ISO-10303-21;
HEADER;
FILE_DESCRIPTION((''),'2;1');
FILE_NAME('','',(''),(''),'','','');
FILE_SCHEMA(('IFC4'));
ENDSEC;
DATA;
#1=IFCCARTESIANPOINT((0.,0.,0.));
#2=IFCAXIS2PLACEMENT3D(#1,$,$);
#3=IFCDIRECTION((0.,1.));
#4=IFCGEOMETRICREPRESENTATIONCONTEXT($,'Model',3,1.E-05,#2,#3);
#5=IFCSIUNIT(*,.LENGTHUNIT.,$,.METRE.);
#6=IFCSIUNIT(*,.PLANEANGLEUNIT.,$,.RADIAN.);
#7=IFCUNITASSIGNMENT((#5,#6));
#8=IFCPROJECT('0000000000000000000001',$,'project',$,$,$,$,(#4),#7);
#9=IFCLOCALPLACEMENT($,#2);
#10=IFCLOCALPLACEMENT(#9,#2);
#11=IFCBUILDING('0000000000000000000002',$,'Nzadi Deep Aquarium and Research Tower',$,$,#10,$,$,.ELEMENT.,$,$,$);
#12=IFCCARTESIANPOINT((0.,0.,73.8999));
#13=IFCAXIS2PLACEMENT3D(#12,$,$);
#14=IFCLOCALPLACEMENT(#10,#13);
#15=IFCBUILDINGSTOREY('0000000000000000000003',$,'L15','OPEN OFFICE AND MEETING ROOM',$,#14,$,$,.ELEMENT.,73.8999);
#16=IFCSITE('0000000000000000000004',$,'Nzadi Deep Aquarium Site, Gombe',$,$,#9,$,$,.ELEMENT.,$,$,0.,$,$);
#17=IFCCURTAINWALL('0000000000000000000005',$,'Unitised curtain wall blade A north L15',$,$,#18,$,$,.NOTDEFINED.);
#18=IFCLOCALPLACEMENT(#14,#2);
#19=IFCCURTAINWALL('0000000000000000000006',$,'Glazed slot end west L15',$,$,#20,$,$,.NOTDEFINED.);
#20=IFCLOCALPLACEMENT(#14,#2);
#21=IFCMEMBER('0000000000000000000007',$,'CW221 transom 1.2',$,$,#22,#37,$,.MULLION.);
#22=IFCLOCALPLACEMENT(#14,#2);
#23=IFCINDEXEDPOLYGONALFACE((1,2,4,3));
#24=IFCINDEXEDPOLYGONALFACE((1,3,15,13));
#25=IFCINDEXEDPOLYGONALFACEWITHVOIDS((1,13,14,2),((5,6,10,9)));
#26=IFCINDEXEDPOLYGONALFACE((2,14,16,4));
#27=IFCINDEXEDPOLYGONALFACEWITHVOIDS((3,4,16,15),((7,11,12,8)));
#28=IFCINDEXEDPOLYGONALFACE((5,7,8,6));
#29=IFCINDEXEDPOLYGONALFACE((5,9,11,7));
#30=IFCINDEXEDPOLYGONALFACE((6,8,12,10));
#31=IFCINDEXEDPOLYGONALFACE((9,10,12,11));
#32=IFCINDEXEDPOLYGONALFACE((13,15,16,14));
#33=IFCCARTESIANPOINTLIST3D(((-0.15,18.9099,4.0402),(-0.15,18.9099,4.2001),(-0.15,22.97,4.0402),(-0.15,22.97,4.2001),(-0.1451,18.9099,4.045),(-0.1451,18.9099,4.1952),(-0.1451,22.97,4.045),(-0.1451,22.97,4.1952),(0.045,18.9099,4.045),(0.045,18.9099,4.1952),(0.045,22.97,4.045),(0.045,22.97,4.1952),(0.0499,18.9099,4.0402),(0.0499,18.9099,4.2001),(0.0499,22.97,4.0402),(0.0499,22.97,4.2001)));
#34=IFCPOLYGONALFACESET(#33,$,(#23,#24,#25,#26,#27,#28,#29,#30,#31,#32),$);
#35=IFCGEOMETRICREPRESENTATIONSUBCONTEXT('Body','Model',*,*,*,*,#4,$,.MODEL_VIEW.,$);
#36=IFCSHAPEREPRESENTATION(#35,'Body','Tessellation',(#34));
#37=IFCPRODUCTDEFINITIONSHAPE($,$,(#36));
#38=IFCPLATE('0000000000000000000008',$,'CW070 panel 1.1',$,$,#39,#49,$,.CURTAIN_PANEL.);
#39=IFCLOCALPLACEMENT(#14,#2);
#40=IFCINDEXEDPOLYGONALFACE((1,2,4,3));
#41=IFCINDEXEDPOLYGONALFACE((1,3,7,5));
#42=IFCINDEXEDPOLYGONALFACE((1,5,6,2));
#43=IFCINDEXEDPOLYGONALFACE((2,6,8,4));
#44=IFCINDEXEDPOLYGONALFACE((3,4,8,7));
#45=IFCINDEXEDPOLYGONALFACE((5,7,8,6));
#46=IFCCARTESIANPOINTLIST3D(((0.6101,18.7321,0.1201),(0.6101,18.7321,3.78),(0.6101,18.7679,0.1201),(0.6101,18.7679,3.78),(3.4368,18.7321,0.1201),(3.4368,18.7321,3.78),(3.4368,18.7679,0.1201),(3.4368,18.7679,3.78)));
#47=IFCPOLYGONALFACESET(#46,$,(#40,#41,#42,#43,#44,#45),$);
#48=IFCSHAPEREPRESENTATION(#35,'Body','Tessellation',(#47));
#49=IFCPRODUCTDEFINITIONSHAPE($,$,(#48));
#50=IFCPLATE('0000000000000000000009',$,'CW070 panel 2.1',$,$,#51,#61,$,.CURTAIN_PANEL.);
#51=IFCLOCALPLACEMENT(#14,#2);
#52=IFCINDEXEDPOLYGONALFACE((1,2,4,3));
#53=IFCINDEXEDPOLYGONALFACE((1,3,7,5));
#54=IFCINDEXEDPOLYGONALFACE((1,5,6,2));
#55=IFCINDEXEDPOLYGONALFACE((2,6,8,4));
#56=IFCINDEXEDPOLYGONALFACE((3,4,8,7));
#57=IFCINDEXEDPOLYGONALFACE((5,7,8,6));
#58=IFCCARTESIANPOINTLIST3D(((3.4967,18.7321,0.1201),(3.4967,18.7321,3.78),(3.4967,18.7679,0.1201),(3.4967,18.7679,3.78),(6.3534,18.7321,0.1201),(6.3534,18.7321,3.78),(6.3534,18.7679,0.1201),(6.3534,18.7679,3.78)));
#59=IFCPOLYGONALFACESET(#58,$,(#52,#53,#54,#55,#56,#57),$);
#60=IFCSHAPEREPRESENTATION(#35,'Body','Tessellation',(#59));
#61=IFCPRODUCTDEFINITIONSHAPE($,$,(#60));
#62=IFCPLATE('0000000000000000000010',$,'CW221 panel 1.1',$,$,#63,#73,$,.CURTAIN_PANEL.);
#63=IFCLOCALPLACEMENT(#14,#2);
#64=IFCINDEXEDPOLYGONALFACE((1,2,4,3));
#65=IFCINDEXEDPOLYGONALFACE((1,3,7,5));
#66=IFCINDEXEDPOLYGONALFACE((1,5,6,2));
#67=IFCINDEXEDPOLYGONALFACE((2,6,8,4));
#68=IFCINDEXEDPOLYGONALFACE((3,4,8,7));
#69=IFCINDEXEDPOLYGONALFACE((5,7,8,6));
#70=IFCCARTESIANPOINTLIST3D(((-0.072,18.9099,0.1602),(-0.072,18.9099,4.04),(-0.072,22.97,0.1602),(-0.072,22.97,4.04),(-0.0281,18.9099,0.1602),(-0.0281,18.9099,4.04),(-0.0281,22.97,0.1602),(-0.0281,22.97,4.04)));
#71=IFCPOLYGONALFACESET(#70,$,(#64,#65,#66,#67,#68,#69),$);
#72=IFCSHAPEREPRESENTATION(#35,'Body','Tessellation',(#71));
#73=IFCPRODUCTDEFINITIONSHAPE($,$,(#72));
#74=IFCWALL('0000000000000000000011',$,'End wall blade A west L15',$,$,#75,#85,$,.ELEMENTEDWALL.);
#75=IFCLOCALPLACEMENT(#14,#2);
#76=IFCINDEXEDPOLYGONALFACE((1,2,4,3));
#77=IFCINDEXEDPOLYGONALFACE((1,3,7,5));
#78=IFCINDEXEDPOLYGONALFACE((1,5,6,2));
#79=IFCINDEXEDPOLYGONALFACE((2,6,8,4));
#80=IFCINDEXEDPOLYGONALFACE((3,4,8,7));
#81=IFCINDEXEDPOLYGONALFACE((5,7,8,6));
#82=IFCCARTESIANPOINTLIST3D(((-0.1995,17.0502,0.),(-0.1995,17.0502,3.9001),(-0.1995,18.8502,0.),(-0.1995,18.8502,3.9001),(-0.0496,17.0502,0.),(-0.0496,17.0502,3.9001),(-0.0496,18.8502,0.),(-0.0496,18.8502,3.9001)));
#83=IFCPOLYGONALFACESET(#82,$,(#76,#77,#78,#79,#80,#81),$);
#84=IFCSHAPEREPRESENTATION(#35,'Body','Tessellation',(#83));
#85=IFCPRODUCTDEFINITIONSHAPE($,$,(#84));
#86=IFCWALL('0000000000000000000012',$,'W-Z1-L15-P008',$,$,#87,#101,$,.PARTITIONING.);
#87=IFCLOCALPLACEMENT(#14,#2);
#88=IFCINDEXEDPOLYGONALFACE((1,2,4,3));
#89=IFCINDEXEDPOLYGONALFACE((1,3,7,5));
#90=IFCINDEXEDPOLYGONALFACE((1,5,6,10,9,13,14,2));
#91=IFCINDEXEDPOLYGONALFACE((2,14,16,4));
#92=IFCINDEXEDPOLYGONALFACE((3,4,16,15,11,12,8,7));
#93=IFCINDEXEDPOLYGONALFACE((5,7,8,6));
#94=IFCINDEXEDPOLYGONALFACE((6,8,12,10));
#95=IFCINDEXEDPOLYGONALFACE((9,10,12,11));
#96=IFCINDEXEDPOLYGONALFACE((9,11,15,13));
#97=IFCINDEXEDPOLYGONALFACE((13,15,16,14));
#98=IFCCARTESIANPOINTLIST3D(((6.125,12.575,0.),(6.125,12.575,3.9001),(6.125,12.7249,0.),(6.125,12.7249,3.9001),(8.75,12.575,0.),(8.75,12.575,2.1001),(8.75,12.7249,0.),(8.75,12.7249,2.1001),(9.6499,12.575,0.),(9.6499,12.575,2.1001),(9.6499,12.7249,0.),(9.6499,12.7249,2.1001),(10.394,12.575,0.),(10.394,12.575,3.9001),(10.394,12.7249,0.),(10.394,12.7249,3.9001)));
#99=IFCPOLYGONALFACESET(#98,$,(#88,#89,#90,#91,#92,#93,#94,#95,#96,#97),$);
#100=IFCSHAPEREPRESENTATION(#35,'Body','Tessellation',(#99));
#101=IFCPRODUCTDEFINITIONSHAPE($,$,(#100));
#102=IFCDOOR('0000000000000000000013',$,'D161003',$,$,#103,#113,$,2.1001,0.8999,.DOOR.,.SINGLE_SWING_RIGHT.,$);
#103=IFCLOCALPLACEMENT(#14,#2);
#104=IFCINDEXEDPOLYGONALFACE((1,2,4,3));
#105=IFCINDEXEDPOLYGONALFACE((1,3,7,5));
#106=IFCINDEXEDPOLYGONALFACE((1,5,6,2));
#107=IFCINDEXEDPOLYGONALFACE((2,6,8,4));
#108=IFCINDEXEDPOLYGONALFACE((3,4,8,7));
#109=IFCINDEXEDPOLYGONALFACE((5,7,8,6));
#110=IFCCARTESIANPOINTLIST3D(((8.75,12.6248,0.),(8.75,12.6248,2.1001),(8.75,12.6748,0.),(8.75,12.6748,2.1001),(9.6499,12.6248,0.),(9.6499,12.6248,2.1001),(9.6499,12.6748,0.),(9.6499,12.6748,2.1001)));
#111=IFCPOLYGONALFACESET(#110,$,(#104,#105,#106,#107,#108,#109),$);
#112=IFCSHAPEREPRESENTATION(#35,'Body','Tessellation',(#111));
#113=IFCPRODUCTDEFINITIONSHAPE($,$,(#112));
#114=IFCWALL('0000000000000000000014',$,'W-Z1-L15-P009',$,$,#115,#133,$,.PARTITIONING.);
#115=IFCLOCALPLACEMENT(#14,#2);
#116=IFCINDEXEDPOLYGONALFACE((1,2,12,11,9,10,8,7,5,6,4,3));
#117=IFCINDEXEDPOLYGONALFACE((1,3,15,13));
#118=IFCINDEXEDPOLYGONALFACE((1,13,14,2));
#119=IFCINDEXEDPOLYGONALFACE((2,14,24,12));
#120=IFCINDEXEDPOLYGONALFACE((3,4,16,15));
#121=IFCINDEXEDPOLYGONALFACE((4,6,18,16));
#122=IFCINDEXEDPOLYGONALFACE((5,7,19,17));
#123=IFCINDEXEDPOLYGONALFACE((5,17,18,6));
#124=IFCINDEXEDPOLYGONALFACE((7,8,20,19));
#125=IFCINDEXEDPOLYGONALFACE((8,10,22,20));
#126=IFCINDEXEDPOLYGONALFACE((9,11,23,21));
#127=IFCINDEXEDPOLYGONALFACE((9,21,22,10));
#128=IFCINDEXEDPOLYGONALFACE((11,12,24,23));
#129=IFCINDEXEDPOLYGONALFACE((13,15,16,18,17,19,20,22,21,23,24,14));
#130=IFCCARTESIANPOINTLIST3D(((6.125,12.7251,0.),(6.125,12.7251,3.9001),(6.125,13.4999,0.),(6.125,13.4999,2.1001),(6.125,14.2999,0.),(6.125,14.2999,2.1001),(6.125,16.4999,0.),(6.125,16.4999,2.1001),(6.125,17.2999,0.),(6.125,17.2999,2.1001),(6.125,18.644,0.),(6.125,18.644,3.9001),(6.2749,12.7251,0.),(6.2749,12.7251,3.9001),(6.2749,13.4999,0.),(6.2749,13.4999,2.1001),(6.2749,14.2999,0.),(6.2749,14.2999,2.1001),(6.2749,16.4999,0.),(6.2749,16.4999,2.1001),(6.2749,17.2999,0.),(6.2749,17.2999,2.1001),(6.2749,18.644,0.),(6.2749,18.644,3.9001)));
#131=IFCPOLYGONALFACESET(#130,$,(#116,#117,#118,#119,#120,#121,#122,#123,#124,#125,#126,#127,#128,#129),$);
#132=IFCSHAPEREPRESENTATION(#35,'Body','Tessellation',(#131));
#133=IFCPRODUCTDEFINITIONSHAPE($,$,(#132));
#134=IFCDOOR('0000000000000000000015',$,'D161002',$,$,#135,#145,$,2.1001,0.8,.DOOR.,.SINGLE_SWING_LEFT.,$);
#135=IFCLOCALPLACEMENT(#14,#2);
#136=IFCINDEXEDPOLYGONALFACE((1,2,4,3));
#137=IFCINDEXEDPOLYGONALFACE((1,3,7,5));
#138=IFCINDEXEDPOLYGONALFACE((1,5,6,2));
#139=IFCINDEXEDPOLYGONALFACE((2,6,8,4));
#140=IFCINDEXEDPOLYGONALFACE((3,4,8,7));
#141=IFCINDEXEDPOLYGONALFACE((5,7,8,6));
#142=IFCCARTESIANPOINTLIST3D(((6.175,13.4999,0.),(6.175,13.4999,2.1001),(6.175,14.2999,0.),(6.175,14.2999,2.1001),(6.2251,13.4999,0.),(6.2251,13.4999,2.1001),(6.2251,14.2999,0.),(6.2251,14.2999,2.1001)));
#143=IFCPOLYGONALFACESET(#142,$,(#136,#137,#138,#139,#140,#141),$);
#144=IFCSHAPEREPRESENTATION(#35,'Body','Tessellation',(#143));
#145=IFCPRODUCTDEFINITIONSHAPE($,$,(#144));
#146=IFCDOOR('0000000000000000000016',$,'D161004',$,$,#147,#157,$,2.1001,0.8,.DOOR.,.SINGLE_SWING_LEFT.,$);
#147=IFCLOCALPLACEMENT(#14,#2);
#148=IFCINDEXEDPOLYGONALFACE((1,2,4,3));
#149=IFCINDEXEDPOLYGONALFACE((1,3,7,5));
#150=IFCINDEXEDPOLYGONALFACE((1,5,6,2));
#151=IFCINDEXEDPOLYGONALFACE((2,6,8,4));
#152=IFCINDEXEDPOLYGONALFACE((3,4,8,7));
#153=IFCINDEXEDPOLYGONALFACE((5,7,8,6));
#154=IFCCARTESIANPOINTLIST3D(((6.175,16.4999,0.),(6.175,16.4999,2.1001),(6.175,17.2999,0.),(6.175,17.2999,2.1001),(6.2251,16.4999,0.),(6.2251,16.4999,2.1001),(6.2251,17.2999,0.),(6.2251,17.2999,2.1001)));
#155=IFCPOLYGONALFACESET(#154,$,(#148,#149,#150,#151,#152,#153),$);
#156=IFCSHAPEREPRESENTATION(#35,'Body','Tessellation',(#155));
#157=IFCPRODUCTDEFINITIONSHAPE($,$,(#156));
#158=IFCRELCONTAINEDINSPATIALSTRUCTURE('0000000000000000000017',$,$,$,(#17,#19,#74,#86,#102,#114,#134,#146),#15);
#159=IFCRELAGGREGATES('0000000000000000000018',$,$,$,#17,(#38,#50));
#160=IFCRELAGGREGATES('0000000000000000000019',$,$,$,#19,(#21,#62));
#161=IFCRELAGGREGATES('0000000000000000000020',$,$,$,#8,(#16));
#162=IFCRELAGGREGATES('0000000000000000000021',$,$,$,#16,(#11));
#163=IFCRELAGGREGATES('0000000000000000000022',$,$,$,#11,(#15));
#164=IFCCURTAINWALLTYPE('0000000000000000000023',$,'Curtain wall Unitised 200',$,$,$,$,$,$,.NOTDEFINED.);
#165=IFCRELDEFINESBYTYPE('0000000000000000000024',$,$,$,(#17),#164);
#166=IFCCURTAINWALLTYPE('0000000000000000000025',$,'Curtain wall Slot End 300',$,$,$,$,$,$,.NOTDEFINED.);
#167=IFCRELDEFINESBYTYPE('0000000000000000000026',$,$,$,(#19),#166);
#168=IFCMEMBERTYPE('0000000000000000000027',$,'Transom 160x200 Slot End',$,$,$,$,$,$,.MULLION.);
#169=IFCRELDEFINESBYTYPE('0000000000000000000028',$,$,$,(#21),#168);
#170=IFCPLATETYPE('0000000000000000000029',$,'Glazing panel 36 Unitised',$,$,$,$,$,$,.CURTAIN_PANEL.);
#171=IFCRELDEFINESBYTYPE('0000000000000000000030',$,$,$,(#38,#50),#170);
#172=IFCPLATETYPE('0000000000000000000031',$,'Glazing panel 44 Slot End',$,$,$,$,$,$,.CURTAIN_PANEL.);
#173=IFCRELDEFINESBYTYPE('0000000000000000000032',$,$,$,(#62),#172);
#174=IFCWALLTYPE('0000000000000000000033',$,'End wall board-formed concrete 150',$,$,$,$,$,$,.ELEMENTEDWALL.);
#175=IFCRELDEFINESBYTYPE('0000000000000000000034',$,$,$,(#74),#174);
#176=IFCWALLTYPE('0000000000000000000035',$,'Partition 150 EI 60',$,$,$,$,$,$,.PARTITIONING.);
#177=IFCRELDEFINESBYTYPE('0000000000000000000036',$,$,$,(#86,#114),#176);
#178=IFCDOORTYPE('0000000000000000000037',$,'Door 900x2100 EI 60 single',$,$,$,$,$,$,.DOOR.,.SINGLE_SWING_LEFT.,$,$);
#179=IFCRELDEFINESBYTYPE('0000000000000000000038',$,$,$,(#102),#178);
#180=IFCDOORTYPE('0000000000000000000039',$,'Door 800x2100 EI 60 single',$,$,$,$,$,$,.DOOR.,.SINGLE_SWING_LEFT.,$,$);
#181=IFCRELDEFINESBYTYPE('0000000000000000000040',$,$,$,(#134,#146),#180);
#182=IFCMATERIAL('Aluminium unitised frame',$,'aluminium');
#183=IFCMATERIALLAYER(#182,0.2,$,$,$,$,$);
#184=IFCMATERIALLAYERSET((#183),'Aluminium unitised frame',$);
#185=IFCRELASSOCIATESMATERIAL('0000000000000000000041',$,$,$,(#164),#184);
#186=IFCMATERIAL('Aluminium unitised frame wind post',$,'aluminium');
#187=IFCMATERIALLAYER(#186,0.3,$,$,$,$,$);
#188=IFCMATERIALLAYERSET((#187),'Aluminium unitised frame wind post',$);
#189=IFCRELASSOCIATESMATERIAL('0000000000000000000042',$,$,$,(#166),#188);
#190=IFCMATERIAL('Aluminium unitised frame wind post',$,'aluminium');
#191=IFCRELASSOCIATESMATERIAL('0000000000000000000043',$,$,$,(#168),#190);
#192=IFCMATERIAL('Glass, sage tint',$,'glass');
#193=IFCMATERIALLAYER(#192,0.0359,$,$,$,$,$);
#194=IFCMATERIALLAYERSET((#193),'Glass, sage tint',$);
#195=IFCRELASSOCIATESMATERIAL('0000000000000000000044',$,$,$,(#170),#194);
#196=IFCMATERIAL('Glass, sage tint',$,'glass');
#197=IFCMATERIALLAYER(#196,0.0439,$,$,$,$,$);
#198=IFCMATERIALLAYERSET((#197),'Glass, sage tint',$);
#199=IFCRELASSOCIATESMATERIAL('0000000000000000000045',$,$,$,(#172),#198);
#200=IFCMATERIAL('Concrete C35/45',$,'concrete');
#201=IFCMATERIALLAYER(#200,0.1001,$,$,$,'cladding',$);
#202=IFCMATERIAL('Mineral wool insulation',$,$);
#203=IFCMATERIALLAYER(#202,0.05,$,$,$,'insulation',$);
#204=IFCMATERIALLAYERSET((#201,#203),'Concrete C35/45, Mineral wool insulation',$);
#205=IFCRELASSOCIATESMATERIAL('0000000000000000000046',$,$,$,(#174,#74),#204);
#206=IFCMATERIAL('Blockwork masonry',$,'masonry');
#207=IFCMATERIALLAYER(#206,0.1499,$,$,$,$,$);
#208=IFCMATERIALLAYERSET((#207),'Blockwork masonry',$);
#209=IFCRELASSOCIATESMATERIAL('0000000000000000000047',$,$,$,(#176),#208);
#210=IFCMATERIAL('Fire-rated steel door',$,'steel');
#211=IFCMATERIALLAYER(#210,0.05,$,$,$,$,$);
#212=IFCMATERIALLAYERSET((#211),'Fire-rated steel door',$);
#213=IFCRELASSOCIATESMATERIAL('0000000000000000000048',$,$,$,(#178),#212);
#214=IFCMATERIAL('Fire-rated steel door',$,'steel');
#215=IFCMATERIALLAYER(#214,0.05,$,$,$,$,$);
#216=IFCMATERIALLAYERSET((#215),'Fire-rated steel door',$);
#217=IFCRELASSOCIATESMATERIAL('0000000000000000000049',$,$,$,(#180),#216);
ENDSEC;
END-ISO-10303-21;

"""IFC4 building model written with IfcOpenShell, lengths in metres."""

from ifc_helpers import new_model, si_unit, direction, frame, frame_2d, origin, origin_2d, place, context, subcontext, project, spatial, rectangle, hollow_rectangle, extrude, material, layer, layer_set, layer_usage, material_profile, profile_set, type_object, element, fill, aggregate, save


model = new_model("IFC4")

# Units and contexts
model_context = context("Model", 3, precision=1e-05, world=origin(), true_north=direction((0.0, 1.0)))
body_context = subcontext(model_context, "Body", "Model", "MODEL_VIEW")
ifc_project = project(units=[si_unit("LENGTHUNIT", "METRE"), si_unit("PLANEANGLEUNIT", "RADIAN")], contexts=[model_context])

# Site, building, storey
site_placement = place(None, origin())
site = spatial("IfcSite", under=ifc_project, at=site_placement, Name="Nzadi Deep Aquarium Site, Gombe", CompositionType="ELEMENT", RefElevation=0.0)
building_placement = place(site_placement, origin())
building = spatial("IfcBuilding", under=site, at=building_placement, Name="Nzadi Deep Aquarium and Research Tower", CompositionType="ELEMENT")
storey_placement = place(building_placement, frame((0.0, 0.0, 73.8999)))
storey = spatial("IfcBuildingStorey", under=building, at=storey_placement, Name="L15", Description="OPEN OFFICE AND MEETING ROOM", CompositionType="ELEMENT", Elevation=73.8999)

# Curtain wall
ifc_material_1 = material(Name="Aluminium unitised frame", Category="aluminium")
ifc_layer_1 = layer(ifc_material_1, 0.2)
ifc_layer_set_1 = layer_set([ifc_layer_1], Name="Aluminium unitised frame")
curtain_wall_type_1 = type_object("IfcCurtainWallType", Name="Curtain wall Unitised 200", PredefinedType="NOTDEFINED", material=ifc_layer_set_1)
curtain_wall_1_placement = place(storey_placement, origin())
curtain_wall_1 = element("IfcCurtainWall", 1, at=curtain_wall_1_placement, inside=storey, type_object=curtain_wall_type_1, Name="Unitised curtain wall blade A north L15", PredefinedType="NOTDEFINED")

# Curtain wall
ifc_material_2 = material(Name="Aluminium unitised frame wind post", Category="aluminium")
ifc_layer_2 = layer(ifc_material_2, 0.3)
ifc_layer_set_2 = layer_set([ifc_layer_2], Name="Aluminium unitised frame wind post")
curtain_wall_type_2 = type_object("IfcCurtainWallType", Name="Curtain wall Slot End 300", PredefinedType="NOTDEFINED", material=ifc_layer_set_2)
curtain_wall_2_placement = place(storey_placement, origin())
curtain_wall_2 = element("IfcCurtainWall", 2, at=curtain_wall_2_placement, inside=storey, type_object=curtain_wall_type_2, Name="Glazed slot end west L15", PredefinedType="NOTDEFINED")

# Member
ifc_material_3 = material(Name="Aluminium unitised frame wind post", Category="aluminium")
ifc_material_profile_1 = material_profile(ifc_material_3, hollow_rectangle(XDim=0.2, YDim=0.1599, WallThickness=0.0049, at=origin_2d()))
ifc_profile_set_1 = profile_set([ifc_material_profile_1], Name="Aluminium unitised frame wind post")
member_type_1 = type_object("IfcMemberType", Name="Transom 160x200 Slot End", PredefinedType="MULLION", material=ifc_profile_set_1)
member_1_placement = place(storey_placement, frame((-0.05, 18.9099, 4.1201), z_axis=(0.0, 1.0, 0.0), x_axis=(-1.0, 0.0, 0.0)))
member_1 = element("IfcMember", 3, at=member_1_placement, type_object=member_type_1, Name="CW221 transom 1.2", PredefinedType="MULLION", context=body_context, shape_type="SweptSolid", body=[
    extrude(hollow_rectangle(XDim=0.2, YDim=0.1599, WallThickness=0.0049, at=origin_2d()), origin(), (0.0, 0.0, 1.0), 4.0601),
])

# Plates
ifc_material_4 = material(Name="Glass, sage tint", Category="glass")
ifc_layer_3 = layer(ifc_material_4, 0.0359)
ifc_layer_set_3 = layer_set([ifc_layer_3], Name="Glass, sage tint")
plate_type_1 = type_object("IfcPlateType", Name="Glazing panel 36 Unitised", PredefinedType="CURTAIN_PANEL", material=ifc_layer_set_3)
plate_1_placement = place(storey_placement, frame((2.0234, 18.75, 0.1201), z_axis=(0.0, 0.0, 1.0), x_axis=(1.0, 0.0, 0.0)))
plate_1 = element("IfcPlate", 4, at=plate_1_placement, type_object=plate_type_1, Name="CW070 panel 1.1", PredefinedType="CURTAIN_PANEL", context=body_context, shape_type="SweptSolid", body=[
    extrude(rectangle(XDim=2.8267, YDim=0.0359, at=origin_2d()), origin(), (0.0, 0.0, 1.0), 3.6599),
])
plate_2_placement = place(storey_placement, frame((4.925, 18.75, 0.1201), z_axis=(0.0, 0.0, 1.0), x_axis=(1.0, 0.0, 0.0)))
plate_2 = element("IfcPlate", 5, at=plate_2_placement, type_object=plate_type_1, Name="CW070 panel 2.1", PredefinedType="CURTAIN_PANEL", context=body_context, shape_type="SweptSolid", body=[
    extrude(rectangle(XDim=2.8567, YDim=0.0359, at=origin_2d()), origin(), (0.0, 0.0, 1.0), 3.6599),
])
aggregate(curtain_wall_1, [plate_1, plate_2])
ifc_material_5 = material(Name="Glass, sage tint", Category="glass")
ifc_layer_4 = layer(ifc_material_5, 0.0439)
ifc_layer_set_4 = layer_set([ifc_layer_4], Name="Glass, sage tint")
plate_type_2 = type_object("IfcPlateType", Name="Glazing panel 44 Slot End", PredefinedType="CURTAIN_PANEL", material=ifc_layer_set_4)
plate_3_placement = place(storey_placement, frame((-0.05, 20.9399, 0.1602), z_axis=(0.0, 0.0, 1.0), x_axis=(0.0, 1.0, 0.0)))
plate_3 = element("IfcPlate", 6, at=plate_3_placement, type_object=plate_type_2, Name="CW221 panel 1.1", PredefinedType="CURTAIN_PANEL", context=body_context, shape_type="SweptSolid", body=[
    extrude(rectangle(XDim=4.0601, YDim=0.0439, at=origin_2d()), origin(), (0.0, 0.0, 1.0), 3.8799),
])
aggregate(curtain_wall_2, [member_1, plate_3])

# Wall
ifc_material_6 = material(Name="Concrete C35/45", Category="concrete")
ifc_layer_5 = layer(ifc_material_6, 0.1001, Category="cladding")
ifc_material_7 = material(Name="Mineral wool insulation")
ifc_layer_6 = layer(ifc_material_7, 0.05, Category="insulation")
ifc_layer_set_5 = layer_set([ifc_layer_5, ifc_layer_6], Name="Concrete C35/45, Mineral wool insulation")
ifc_layer_usage = layer_usage(ifc_layer_set_5, "AXIS2", "POSITIVE", -0.075)
wall_type_1 = type_object("IfcWallType", Name="End wall board-formed concrete 150", PredefinedType="ELEMENTEDWALL", material=ifc_layer_set_5)
wall_1_placement = place(storey_placement, frame((-0.1245, 18.8501, 0.0), z_axis=(0.0, 0.0, 1.0), x_axis=(0.0, -1.0, 0.0)))
element("IfcWall", 7, at=wall_1_placement, inside=storey, type_object=wall_type_1, material=ifc_layer_usage, Name="End wall blade A west L15", PredefinedType="ELEMENTEDWALL", context=body_context, shape_type="SweptSolid", body=[
    extrude(rectangle(XDim=1.8, YDim=0.1499, at=frame_2d((0.8999, 0.0))), origin(), (0.0, 0.0, 1.0), 3.9001),
])

# Wall, opening, door
ifc_material_8 = material(Name="Blockwork masonry", Category="masonry")
ifc_layer_7 = layer(ifc_material_8, 0.1499)
ifc_layer_set_6 = layer_set([ifc_layer_7], Name="Blockwork masonry")
wall_type_2 = type_object("IfcWallType", Name="Partition 150 EI 60", PredefinedType="PARTITIONING", material=ifc_layer_set_6)
wall_2_placement = place(storey_placement, frame((6.125, 12.6499, 0.0), z_axis=(0.0, 0.0, 1.0), x_axis=(1.0, 0.0, 0.0)))
wall_2 = element("IfcWall", 8, at=wall_2_placement, inside=storey, type_object=wall_type_2, Name="W-Z1-L15-P008", PredefinedType="PARTITIONING", context=body_context, shape_type="SweptSolid", body=[
    extrude(rectangle(XDim=4.269, YDim=0.1499, at=frame_2d((2.1345, 0.0))), origin(), (0.0, 0.0, 1.0), 3.9001),
])
opening_1_placement = place(wall_2_placement, frame((2.625, 0.0, 0.0)))
opening_1 = element("IfcOpeningElement", 9, at=opening_1_placement, cuts=wall_2, PredefinedType="OPENING", context=body_context, shape_type="SweptSolid", body=[
    extrude(rectangle(XDim=0.8999, YDim=2.1001, at=frame_2d((0.45, 1.05))), frame((0.0, 0.085, 0.0), z_axis=(0.0, -1.0, 0.0), x_axis=(1.0, 0.0, 0.0)), (0.0, 0.0, 1.0), 0.1699),
])
ifc_material_9 = material(Name="Fire-rated steel door", Category="steel")
ifc_layer_8 = layer(ifc_material_9, 0.05)
ifc_layer_set_7 = layer_set([ifc_layer_8], Name="Fire-rated steel door")
door_type_1 = type_object("IfcDoorType", Name="Door 900x2100 EI 60 single", OperationType="SINGLE_SWING_LEFT", PredefinedType="DOOR", material=ifc_layer_set_7)
door_1_placement = place(opening_1_placement, origin())
door_1 = element("IfcDoor", 10, at=door_1_placement, inside=storey, type_object=door_type_1, Name="D161003", OperationType="SINGLE_SWING_RIGHT", OverallHeight=2.1001, OverallWidth=0.8999, PredefinedType="DOOR", context=body_context, shape_type="SweptSolid", body=[
    extrude(rectangle(XDim=0.8999, YDim=2.1001, at=frame_2d((0.45, 1.05))), frame((0.0, 0.0249, 0.0), z_axis=(0.0, -1.0, 0.0), x_axis=(1.0, 0.0, 0.0)), (0.0, 0.0, 1.0), 0.05),
])
fill(opening_1, door_1)

# Wall, openings, doors
wall_3_placement = place(storey_placement, frame((6.2, 12.7251, 0.0), z_axis=(0.0, 0.0, 1.0), x_axis=(0.0, 1.0, 0.0)))
wall_3 = element("IfcWall", 11, at=wall_3_placement, inside=storey, type_object=wall_type_2, Name="W-Z1-L15-P009", PredefinedType="PARTITIONING", context=body_context, shape_type="SweptSolid", body=[
    extrude(rectangle(XDim=5.9189, YDim=0.1499, at=frame_2d((2.9595, 0.0))), origin(), (0.0, 0.0, 1.0), 3.9001),
])
opening_2_placement = place(wall_3_placement, frame((0.7749, 0.0, 0.0)))
opening_2 = element("IfcOpeningElement", 12, at=opening_2_placement, cuts=wall_3, PredefinedType="OPENING", context=body_context, shape_type="SweptSolid", body=[
    extrude(rectangle(XDim=0.8, YDim=2.1001, at=frame_2d((0.3999, 1.05))), frame((0.0, 0.085, 0.0), z_axis=(0.0, -1.0, 0.0), x_axis=(1.0, 0.0, 0.0)), (0.0, 0.0, 1.0), 0.1699),
])
opening_3_placement = place(wall_3_placement, frame((3.7749, 0.0, 0.0)))
opening_3 = element("IfcOpeningElement", 13, at=opening_3_placement, cuts=wall_3, PredefinedType="OPENING", context=body_context, shape_type="SweptSolid", body=[
    extrude(rectangle(XDim=0.8, YDim=2.1001, at=frame_2d((0.3999, 1.05))), frame((0.0, 0.085, 0.0), z_axis=(0.0, -1.0, 0.0), x_axis=(1.0, 0.0, 0.0)), (0.0, 0.0, 1.0), 0.1699),
])
ifc_material_10 = material(Name="Fire-rated steel door", Category="steel")
ifc_layer_9 = layer(ifc_material_10, 0.05)
ifc_layer_set_8 = layer_set([ifc_layer_9], Name="Fire-rated steel door")
door_type_2 = type_object("IfcDoorType", Name="Door 800x2100 EI 60 single", OperationType="SINGLE_SWING_LEFT", PredefinedType="DOOR", material=ifc_layer_set_8)
door_2_placement = place(opening_2_placement, origin())
door_2 = element("IfcDoor", 14, at=door_2_placement, inside=storey, type_object=door_type_2, Name="D161002", OperationType="SINGLE_SWING_LEFT", OverallHeight=2.1001, OverallWidth=0.8, PredefinedType="DOOR", context=body_context, shape_type="SweptSolid", body=[
    extrude(rectangle(XDim=0.8, YDim=2.1001, at=frame_2d((0.3999, 1.05))), frame((0.0, 0.0249, 0.0), z_axis=(0.0, -1.0, 0.0), x_axis=(1.0, 0.0, 0.0)), (0.0, 0.0, 1.0), 0.05),
])
fill(opening_2, door_2)
door_3_placement = place(opening_3_placement, origin())
door_3 = element("IfcDoor", 15, at=door_3_placement, inside=storey, type_object=door_type_2, Name="D161004", OperationType="SINGLE_SWING_LEFT", OverallHeight=2.1001, OverallWidth=0.8, PredefinedType="DOOR", context=body_context, shape_type="SweptSolid", body=[
    extrude(rectangle(XDim=0.8, YDim=2.1001, at=frame_2d((0.3999, 1.05))), frame((0.0, 0.0249, 0.0), z_axis=(0.0, -1.0, 0.0), x_axis=(1.0, 0.0, 0.0)), (0.0, 0.0, 1.0), 0.05),
])
fill(opening_3, door_3)

save(model, "model.ifc")
